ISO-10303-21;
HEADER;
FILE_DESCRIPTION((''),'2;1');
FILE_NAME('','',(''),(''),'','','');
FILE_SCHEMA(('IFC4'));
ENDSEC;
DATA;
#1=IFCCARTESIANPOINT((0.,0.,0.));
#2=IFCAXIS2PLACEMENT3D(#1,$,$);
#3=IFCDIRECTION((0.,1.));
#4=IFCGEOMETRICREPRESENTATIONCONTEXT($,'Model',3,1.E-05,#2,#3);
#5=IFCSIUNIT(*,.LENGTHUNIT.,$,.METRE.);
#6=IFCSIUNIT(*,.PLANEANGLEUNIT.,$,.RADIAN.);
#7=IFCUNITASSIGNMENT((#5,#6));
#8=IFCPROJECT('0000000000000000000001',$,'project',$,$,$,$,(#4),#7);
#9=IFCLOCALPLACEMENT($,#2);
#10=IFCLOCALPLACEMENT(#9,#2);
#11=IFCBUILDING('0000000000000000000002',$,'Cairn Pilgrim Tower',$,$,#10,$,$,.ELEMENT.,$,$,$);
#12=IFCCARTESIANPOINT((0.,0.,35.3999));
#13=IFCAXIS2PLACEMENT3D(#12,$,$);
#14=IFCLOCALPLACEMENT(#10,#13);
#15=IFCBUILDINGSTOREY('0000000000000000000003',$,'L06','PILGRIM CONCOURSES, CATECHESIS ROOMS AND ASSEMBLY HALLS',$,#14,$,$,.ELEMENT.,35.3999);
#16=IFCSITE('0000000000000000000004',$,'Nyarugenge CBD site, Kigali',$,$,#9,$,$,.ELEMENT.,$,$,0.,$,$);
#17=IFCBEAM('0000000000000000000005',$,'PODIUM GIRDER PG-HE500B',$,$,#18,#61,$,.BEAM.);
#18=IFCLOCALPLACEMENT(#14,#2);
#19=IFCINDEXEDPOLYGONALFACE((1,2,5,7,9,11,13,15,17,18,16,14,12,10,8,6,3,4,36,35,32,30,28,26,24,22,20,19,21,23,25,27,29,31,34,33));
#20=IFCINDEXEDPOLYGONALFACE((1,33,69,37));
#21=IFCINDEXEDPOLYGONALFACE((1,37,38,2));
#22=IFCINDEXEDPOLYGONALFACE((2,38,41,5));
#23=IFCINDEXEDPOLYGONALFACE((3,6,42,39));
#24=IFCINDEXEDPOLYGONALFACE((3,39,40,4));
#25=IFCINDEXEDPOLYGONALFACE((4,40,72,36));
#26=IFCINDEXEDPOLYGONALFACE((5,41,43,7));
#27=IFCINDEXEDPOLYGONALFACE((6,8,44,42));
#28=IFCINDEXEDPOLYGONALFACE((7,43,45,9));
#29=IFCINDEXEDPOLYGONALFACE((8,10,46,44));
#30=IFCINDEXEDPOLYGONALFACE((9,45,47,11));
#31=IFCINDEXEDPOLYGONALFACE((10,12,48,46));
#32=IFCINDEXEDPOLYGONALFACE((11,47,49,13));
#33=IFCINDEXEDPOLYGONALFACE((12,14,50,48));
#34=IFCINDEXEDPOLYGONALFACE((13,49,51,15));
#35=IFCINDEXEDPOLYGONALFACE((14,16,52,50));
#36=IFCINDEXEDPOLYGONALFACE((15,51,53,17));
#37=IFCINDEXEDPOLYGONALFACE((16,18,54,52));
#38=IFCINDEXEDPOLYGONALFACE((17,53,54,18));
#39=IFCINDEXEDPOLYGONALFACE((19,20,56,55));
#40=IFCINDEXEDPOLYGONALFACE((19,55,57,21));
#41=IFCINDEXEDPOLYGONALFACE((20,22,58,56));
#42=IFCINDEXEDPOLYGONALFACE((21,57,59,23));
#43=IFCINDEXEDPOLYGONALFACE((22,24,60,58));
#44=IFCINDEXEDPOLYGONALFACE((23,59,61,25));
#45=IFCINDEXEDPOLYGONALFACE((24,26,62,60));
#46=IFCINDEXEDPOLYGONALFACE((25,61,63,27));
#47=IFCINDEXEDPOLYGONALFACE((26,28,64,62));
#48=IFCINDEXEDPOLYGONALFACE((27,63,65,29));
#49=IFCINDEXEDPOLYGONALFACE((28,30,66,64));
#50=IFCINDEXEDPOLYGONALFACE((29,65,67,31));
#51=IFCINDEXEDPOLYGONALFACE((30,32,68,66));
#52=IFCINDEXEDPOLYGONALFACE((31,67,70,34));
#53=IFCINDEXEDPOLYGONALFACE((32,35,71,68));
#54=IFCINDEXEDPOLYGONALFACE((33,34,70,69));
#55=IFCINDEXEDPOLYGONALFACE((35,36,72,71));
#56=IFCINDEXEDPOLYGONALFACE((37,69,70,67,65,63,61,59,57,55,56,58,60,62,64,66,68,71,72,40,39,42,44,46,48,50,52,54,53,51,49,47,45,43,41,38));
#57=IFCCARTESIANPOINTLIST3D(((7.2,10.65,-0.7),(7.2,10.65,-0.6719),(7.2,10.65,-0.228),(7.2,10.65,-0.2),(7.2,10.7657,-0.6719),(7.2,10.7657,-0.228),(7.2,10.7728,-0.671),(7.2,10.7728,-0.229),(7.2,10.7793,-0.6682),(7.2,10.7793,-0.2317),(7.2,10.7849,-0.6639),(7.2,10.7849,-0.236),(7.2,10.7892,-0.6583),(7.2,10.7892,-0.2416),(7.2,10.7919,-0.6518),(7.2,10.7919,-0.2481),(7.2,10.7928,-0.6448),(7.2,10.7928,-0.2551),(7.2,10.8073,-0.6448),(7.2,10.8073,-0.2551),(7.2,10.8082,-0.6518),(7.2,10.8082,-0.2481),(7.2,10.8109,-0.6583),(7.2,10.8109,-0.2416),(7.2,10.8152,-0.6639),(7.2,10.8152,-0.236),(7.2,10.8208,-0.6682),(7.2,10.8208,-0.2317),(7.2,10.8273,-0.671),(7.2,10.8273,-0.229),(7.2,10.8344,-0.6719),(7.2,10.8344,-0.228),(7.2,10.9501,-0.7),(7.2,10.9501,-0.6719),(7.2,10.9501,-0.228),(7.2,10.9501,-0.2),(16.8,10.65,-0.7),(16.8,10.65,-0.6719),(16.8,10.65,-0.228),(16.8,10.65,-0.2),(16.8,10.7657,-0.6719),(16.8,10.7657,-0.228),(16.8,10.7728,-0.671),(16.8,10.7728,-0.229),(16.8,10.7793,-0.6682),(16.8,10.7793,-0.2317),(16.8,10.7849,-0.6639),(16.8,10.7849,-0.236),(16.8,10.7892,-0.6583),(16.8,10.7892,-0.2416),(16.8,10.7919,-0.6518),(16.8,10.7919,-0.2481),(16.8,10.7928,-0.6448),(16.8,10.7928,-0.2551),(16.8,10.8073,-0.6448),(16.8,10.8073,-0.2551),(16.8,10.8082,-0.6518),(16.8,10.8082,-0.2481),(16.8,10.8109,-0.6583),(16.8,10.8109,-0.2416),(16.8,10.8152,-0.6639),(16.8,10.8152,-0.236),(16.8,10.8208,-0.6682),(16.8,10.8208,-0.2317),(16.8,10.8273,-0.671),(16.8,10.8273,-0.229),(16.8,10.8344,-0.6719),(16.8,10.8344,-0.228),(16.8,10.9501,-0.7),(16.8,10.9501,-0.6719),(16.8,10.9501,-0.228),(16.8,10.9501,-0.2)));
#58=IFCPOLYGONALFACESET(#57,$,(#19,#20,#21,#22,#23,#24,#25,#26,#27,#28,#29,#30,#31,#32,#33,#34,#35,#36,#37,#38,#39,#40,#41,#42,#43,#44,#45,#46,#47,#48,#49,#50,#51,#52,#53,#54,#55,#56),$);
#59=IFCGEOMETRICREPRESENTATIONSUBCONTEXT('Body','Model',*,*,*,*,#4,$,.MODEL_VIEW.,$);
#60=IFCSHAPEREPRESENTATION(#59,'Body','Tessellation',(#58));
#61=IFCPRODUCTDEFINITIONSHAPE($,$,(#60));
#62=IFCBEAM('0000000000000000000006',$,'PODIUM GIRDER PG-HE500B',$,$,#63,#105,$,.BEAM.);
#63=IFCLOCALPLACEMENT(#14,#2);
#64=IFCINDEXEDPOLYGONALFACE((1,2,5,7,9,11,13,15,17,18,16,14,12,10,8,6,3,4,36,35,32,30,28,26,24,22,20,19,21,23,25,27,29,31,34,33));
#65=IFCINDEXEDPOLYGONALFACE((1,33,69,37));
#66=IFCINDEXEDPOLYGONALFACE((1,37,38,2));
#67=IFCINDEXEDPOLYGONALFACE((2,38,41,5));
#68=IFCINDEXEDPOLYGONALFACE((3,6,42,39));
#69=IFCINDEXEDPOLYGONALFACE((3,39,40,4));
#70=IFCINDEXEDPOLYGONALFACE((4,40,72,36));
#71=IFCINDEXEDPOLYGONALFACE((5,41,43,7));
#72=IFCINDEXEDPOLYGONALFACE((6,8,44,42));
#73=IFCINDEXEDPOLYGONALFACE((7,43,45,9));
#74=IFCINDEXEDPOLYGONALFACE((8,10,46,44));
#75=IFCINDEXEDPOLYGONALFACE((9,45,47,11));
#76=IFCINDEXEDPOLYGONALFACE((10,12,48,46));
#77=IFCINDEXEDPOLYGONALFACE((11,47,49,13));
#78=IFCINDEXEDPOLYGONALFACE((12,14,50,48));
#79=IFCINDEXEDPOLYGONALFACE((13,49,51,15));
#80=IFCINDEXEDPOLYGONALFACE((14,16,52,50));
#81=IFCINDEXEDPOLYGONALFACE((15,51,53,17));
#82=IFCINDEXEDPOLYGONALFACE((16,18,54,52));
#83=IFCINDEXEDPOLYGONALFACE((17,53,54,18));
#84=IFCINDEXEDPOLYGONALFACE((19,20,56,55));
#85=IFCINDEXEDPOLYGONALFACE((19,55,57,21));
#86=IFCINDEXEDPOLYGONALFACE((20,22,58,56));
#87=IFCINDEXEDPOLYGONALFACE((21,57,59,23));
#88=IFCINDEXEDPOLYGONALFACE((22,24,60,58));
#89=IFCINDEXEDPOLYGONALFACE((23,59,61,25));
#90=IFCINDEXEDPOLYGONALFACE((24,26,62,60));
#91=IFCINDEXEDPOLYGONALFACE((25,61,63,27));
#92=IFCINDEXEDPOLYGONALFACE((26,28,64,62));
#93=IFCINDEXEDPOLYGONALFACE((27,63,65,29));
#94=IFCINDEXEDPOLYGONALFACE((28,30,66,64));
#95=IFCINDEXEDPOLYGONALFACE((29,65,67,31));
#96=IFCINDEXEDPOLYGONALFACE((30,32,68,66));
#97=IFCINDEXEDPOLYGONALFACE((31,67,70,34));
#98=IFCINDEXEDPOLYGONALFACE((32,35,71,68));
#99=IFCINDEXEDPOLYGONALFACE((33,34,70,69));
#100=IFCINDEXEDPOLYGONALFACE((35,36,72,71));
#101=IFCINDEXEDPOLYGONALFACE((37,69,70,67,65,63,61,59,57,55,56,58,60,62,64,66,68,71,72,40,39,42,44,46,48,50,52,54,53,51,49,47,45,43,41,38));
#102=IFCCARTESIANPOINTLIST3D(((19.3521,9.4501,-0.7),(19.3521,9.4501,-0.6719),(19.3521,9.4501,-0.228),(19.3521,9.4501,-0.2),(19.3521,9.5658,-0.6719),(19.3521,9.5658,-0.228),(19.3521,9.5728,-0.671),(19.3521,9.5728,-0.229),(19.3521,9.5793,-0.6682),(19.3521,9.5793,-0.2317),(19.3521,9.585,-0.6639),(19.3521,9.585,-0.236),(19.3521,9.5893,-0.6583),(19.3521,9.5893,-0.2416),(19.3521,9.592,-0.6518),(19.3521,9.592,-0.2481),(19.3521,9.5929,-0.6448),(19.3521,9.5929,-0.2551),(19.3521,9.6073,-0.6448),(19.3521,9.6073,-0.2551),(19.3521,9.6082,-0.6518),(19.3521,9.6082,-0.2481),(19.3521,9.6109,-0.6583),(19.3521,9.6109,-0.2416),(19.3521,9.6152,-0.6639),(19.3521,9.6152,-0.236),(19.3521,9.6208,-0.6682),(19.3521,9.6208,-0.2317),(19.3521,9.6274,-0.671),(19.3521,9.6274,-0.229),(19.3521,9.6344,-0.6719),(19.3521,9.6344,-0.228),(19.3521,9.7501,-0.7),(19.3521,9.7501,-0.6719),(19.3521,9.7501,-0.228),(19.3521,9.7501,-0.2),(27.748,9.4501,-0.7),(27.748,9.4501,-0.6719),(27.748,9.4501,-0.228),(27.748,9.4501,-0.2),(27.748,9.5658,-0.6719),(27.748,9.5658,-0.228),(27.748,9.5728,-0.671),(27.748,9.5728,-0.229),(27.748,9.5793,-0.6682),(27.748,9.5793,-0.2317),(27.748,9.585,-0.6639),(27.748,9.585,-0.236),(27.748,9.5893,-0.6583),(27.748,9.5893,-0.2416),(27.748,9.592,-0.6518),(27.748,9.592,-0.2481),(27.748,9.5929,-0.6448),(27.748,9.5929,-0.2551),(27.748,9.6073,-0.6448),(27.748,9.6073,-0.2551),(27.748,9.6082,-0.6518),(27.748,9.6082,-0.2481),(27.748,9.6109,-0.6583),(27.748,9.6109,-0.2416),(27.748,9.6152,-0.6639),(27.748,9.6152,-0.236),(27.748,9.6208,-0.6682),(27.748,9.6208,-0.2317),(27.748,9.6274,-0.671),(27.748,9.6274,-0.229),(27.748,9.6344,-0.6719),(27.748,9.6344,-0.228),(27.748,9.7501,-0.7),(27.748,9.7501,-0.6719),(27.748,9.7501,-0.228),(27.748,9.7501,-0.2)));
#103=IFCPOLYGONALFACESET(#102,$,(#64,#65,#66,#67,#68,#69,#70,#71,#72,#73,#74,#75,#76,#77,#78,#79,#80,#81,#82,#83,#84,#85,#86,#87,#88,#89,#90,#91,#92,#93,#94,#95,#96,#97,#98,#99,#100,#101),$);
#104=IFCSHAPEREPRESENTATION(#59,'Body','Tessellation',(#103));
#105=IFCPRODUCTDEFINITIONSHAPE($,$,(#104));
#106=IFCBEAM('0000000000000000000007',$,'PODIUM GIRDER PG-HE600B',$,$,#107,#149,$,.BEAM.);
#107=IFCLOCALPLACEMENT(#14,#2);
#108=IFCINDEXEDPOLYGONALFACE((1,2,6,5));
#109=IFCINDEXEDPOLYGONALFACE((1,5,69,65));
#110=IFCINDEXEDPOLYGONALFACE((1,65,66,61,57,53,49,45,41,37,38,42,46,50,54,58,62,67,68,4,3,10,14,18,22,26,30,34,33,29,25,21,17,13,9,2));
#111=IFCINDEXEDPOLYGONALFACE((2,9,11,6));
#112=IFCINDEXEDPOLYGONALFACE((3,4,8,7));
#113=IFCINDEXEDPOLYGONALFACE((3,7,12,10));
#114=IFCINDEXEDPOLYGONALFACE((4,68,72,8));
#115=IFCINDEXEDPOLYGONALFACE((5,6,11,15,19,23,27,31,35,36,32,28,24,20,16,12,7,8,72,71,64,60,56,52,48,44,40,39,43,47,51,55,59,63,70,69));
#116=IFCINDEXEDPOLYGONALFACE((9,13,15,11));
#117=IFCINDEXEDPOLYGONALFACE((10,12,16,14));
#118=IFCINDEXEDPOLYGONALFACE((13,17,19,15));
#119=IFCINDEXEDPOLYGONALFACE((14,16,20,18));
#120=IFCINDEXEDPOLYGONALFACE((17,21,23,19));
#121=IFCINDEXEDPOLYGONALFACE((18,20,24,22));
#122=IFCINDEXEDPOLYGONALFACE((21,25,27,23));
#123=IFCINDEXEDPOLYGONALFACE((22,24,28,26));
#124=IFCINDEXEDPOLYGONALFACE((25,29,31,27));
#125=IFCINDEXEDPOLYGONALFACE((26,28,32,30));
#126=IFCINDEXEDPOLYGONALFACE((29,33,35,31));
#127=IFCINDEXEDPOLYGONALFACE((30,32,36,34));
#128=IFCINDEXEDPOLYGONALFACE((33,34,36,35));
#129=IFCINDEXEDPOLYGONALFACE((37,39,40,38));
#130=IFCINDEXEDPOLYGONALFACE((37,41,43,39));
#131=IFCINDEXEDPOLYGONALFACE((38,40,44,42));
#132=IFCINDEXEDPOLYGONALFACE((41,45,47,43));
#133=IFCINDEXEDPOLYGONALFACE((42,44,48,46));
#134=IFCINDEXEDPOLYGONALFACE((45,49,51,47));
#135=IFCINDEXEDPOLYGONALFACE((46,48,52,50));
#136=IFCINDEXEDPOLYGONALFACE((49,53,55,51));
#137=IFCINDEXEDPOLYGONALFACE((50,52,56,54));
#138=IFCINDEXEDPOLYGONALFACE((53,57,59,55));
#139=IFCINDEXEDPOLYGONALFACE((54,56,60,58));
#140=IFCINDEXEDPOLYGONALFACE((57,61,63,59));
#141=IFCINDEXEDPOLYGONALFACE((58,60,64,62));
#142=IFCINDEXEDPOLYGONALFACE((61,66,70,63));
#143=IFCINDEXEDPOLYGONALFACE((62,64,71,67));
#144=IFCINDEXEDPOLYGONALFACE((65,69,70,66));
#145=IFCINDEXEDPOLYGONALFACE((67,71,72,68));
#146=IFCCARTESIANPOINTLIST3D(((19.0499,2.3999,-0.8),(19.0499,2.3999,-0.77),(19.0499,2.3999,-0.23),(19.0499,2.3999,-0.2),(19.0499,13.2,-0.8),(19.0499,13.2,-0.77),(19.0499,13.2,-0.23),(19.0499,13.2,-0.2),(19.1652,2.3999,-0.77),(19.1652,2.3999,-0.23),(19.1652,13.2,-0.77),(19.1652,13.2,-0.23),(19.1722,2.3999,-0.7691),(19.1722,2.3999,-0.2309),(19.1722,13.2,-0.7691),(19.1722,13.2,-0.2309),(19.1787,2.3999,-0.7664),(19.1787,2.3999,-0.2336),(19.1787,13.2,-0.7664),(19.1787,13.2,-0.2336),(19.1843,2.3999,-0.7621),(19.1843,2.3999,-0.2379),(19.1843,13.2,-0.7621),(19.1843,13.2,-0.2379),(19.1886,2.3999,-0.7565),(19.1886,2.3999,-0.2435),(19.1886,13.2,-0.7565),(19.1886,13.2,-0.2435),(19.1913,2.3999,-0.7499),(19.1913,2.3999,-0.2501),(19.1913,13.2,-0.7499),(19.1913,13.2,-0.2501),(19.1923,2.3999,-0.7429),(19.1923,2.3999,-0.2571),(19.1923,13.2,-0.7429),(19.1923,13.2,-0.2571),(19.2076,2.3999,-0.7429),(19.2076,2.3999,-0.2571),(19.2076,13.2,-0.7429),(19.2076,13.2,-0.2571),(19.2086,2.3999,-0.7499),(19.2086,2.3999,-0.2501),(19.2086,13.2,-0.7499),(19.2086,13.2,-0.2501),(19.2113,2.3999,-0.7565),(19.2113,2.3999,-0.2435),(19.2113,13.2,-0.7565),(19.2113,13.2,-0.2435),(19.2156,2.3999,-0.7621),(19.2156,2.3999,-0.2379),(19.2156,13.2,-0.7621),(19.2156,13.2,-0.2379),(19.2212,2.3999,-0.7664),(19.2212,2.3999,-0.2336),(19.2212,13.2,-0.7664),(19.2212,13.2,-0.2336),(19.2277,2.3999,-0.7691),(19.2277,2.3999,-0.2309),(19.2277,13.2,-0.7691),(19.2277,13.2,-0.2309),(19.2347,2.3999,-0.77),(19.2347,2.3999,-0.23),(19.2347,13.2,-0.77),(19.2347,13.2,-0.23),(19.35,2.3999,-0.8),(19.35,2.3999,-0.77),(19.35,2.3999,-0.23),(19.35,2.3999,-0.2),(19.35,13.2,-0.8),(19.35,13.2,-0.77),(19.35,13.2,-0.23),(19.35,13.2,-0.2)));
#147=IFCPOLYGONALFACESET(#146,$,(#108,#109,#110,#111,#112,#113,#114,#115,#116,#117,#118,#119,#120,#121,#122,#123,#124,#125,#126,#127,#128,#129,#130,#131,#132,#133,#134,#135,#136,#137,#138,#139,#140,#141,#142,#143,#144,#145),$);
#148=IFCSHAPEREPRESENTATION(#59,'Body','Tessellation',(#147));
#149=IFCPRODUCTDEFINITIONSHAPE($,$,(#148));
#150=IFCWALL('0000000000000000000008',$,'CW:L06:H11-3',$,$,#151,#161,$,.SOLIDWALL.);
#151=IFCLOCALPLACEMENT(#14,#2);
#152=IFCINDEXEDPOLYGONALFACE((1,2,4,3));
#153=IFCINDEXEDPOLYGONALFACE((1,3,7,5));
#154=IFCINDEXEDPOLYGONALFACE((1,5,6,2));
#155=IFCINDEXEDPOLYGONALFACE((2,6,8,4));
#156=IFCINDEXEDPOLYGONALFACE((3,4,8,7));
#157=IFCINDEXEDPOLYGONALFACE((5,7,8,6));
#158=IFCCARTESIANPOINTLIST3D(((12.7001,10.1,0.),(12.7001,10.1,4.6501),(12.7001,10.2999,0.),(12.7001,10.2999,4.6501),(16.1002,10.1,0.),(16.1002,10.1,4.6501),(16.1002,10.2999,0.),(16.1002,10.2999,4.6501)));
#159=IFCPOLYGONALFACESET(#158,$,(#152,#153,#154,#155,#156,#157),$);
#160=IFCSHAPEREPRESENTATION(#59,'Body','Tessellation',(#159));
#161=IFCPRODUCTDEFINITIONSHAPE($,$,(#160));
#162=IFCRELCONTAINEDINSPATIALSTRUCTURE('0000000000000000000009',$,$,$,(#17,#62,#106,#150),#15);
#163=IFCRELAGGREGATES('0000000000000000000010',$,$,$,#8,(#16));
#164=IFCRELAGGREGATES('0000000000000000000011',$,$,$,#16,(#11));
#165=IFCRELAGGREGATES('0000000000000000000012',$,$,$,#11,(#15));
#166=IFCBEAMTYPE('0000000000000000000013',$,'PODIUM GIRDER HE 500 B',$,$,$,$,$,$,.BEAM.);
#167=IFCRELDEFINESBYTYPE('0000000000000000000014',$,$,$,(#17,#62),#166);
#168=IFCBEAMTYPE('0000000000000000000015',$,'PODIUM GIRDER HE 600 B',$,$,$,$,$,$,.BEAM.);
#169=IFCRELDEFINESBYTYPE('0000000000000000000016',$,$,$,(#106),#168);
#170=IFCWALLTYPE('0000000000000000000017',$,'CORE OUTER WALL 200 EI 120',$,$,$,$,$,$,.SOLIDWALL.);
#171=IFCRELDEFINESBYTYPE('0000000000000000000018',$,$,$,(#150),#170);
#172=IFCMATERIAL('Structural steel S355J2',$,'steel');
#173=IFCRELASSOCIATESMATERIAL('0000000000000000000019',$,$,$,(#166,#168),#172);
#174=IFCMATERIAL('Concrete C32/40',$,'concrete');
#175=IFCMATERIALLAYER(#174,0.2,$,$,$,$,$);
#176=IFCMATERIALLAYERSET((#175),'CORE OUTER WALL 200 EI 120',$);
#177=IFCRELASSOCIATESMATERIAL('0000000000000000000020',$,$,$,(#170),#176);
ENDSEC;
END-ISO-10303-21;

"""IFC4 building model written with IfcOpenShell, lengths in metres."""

from ifc_helpers import new_model, si_unit, direction, frame, frame_2d, origin, origin_2d, place, context, subcontext, project, spatial, rectangle, i_section, extrude, material, layer, layer_set, material_profile, profile_set, type_object, element, save


model = new_model("IFC4")

# Units and contexts
model_context = context("Model", 3, precision=1e-05, world=origin(), true_north=direction((0.0, 1.0)))
body_context = subcontext(model_context, "Body", "Model", "MODEL_VIEW")
ifc_project = project(units=[si_unit("LENGTHUNIT", "METRE"), si_unit("PLANEANGLEUNIT", "RADIAN")], contexts=[model_context])

# Site, building, storey
site_placement = place(None, origin())
site = spatial("IfcSite", under=ifc_project, at=site_placement, Name="Nyarugenge CBD site, Kigali", CompositionType="ELEMENT", RefElevation=0.0)
building_placement = place(site_placement, origin())
building = spatial("IfcBuilding", under=site, at=building_placement, Name="Cairn Pilgrim Tower", CompositionType="ELEMENT")
storey_placement = place(building_placement, frame((0.0, 0.0, 35.3999)))
storey = spatial("IfcBuildingStorey", under=building, at=storey_placement, Name="L06", Description="PILGRIM CONCOURSES, CATECHESIS ROOMS AND ASSEMBLY HALLS", CompositionType="ELEMENT", Elevation=35.3999)

# Beams
ifc_material_1 = material(Name="Structural steel S355J2", Category="steel")
ifc_material_profile_1 = material_profile(ifc_material_1, i_section(OverallWidth=0.3, OverallDepth=0.5, WebThickness=0.0144, FlangeThickness=0.0281, FilletRadius=0.0271, at=origin_2d()), Name="HEB 500")
ifc_profile_set_1 = profile_set([ifc_material_profile_1], Name="Structural steel S355J2")
beam_type_1 = type_object("IfcBeamType", Name="PODIUM GIRDER HE 500 B", PredefinedType="BEAM", material=ifc_profile_set_1)
beam_1_placement = place(storey_placement, frame((16.8, 10.8, -0.45), z_axis=(-1.0, 0.0, 0.0), x_axis=(0.0, -1.0, 0.0)))
element("IfcBeam", 1, at=beam_1_placement, inside=storey, type_object=beam_type_1, Name="PODIUM GIRDER PG-HE500B", PredefinedType="BEAM", context=body_context, shape_type="SweptSolid", body=[
    extrude(i_section(OverallWidth=0.3, OverallDepth=0.5, WebThickness=0.0144, FlangeThickness=0.0281, FilletRadius=0.0271, at=origin_2d()), origin(), (0.0, 0.0, 1.0), 9.6001),
])
beam_2_placement = place(storey_placement, frame((19.3521, 9.6001, -0.45), z_axis=(1.0, 0.0, 0.0), x_axis=(0.0, 1.0, 0.0)))
element("IfcBeam", 2, at=beam_2_placement, inside=storey, type_object=beam_type_1, Name="PODIUM GIRDER PG-HE500B", PredefinedType="BEAM", context=body_context, shape_type="SweptSolid", body=[
    extrude(i_section(OverallWidth=0.3, OverallDepth=0.5, WebThickness=0.0144, FlangeThickness=0.0281, FilletRadius=0.0271, at=origin_2d()), origin(), (0.0, 0.0, 1.0), 8.396),
])
ifc_material_profile_2 = material_profile(ifc_material_1, i_section(OverallWidth=0.3, OverallDepth=0.6001, WebThickness=0.0154, FlangeThickness=0.03, FilletRadius=0.0271, at=origin_2d()), Name="HEB 600")
ifc_profile_set_2 = profile_set([ifc_material_profile_2], Name="Structural steel S355J2")
beam_type_2 = type_object("IfcBeamType", Name="PODIUM GIRDER HE 600 B", PredefinedType="BEAM", material=ifc_profile_set_2)
beam_3_placement = place(storey_placement, frame((19.2, 2.3999, -0.5), z_axis=(0.0, 1.0, 0.0), x_axis=(-1.0, 0.0, 0.0)))
element("IfcBeam", 3, at=beam_3_placement, inside=storey, type_object=beam_type_2, Name="PODIUM GIRDER PG-HE600B", PredefinedType="BEAM", context=body_context, shape_type="SweptSolid", body=[
    extrude(i_section(OverallWidth=0.3, OverallDepth=0.6001, WebThickness=0.0154, FlangeThickness=0.03, FilletRadius=0.0271, at=origin_2d()), origin(), (0.0, 0.0, 1.0), 10.8),
])

# Wall
ifc_material_2 = material(Name="Concrete C32/40", Category="concrete")
ifc_layer_1 = layer(ifc_material_2, 0.2)
ifc_layer_set_1 = layer_set([ifc_layer_1], Name="CORE OUTER WALL 200 EI 120")
wall_type_1 = type_object("IfcWallType", Name="CORE OUTER WALL 200 EI 120", PredefinedType="SOLIDWALL", material=ifc_layer_set_1)
wall_1_placement = place(storey_placement, frame((12.7, 10.2, 0.0), z_axis=(0.0, 0.0, 1.0), x_axis=(1.0, 0.0, 0.0)))
element("IfcWall", 4, at=wall_1_placement, inside=storey, type_object=wall_type_1, Name="CW:L06:H11-3", PredefinedType="SOLIDWALL", context=body_context, shape_type="SweptSolid", body=[
    extrude(rectangle(XDim=3.4001, YDim=0.2, at=frame_2d((1.7002, 0.0))), origin(), (0.0, 0.0, 1.0), 4.6501),
])

save(model, "model.ifc")
